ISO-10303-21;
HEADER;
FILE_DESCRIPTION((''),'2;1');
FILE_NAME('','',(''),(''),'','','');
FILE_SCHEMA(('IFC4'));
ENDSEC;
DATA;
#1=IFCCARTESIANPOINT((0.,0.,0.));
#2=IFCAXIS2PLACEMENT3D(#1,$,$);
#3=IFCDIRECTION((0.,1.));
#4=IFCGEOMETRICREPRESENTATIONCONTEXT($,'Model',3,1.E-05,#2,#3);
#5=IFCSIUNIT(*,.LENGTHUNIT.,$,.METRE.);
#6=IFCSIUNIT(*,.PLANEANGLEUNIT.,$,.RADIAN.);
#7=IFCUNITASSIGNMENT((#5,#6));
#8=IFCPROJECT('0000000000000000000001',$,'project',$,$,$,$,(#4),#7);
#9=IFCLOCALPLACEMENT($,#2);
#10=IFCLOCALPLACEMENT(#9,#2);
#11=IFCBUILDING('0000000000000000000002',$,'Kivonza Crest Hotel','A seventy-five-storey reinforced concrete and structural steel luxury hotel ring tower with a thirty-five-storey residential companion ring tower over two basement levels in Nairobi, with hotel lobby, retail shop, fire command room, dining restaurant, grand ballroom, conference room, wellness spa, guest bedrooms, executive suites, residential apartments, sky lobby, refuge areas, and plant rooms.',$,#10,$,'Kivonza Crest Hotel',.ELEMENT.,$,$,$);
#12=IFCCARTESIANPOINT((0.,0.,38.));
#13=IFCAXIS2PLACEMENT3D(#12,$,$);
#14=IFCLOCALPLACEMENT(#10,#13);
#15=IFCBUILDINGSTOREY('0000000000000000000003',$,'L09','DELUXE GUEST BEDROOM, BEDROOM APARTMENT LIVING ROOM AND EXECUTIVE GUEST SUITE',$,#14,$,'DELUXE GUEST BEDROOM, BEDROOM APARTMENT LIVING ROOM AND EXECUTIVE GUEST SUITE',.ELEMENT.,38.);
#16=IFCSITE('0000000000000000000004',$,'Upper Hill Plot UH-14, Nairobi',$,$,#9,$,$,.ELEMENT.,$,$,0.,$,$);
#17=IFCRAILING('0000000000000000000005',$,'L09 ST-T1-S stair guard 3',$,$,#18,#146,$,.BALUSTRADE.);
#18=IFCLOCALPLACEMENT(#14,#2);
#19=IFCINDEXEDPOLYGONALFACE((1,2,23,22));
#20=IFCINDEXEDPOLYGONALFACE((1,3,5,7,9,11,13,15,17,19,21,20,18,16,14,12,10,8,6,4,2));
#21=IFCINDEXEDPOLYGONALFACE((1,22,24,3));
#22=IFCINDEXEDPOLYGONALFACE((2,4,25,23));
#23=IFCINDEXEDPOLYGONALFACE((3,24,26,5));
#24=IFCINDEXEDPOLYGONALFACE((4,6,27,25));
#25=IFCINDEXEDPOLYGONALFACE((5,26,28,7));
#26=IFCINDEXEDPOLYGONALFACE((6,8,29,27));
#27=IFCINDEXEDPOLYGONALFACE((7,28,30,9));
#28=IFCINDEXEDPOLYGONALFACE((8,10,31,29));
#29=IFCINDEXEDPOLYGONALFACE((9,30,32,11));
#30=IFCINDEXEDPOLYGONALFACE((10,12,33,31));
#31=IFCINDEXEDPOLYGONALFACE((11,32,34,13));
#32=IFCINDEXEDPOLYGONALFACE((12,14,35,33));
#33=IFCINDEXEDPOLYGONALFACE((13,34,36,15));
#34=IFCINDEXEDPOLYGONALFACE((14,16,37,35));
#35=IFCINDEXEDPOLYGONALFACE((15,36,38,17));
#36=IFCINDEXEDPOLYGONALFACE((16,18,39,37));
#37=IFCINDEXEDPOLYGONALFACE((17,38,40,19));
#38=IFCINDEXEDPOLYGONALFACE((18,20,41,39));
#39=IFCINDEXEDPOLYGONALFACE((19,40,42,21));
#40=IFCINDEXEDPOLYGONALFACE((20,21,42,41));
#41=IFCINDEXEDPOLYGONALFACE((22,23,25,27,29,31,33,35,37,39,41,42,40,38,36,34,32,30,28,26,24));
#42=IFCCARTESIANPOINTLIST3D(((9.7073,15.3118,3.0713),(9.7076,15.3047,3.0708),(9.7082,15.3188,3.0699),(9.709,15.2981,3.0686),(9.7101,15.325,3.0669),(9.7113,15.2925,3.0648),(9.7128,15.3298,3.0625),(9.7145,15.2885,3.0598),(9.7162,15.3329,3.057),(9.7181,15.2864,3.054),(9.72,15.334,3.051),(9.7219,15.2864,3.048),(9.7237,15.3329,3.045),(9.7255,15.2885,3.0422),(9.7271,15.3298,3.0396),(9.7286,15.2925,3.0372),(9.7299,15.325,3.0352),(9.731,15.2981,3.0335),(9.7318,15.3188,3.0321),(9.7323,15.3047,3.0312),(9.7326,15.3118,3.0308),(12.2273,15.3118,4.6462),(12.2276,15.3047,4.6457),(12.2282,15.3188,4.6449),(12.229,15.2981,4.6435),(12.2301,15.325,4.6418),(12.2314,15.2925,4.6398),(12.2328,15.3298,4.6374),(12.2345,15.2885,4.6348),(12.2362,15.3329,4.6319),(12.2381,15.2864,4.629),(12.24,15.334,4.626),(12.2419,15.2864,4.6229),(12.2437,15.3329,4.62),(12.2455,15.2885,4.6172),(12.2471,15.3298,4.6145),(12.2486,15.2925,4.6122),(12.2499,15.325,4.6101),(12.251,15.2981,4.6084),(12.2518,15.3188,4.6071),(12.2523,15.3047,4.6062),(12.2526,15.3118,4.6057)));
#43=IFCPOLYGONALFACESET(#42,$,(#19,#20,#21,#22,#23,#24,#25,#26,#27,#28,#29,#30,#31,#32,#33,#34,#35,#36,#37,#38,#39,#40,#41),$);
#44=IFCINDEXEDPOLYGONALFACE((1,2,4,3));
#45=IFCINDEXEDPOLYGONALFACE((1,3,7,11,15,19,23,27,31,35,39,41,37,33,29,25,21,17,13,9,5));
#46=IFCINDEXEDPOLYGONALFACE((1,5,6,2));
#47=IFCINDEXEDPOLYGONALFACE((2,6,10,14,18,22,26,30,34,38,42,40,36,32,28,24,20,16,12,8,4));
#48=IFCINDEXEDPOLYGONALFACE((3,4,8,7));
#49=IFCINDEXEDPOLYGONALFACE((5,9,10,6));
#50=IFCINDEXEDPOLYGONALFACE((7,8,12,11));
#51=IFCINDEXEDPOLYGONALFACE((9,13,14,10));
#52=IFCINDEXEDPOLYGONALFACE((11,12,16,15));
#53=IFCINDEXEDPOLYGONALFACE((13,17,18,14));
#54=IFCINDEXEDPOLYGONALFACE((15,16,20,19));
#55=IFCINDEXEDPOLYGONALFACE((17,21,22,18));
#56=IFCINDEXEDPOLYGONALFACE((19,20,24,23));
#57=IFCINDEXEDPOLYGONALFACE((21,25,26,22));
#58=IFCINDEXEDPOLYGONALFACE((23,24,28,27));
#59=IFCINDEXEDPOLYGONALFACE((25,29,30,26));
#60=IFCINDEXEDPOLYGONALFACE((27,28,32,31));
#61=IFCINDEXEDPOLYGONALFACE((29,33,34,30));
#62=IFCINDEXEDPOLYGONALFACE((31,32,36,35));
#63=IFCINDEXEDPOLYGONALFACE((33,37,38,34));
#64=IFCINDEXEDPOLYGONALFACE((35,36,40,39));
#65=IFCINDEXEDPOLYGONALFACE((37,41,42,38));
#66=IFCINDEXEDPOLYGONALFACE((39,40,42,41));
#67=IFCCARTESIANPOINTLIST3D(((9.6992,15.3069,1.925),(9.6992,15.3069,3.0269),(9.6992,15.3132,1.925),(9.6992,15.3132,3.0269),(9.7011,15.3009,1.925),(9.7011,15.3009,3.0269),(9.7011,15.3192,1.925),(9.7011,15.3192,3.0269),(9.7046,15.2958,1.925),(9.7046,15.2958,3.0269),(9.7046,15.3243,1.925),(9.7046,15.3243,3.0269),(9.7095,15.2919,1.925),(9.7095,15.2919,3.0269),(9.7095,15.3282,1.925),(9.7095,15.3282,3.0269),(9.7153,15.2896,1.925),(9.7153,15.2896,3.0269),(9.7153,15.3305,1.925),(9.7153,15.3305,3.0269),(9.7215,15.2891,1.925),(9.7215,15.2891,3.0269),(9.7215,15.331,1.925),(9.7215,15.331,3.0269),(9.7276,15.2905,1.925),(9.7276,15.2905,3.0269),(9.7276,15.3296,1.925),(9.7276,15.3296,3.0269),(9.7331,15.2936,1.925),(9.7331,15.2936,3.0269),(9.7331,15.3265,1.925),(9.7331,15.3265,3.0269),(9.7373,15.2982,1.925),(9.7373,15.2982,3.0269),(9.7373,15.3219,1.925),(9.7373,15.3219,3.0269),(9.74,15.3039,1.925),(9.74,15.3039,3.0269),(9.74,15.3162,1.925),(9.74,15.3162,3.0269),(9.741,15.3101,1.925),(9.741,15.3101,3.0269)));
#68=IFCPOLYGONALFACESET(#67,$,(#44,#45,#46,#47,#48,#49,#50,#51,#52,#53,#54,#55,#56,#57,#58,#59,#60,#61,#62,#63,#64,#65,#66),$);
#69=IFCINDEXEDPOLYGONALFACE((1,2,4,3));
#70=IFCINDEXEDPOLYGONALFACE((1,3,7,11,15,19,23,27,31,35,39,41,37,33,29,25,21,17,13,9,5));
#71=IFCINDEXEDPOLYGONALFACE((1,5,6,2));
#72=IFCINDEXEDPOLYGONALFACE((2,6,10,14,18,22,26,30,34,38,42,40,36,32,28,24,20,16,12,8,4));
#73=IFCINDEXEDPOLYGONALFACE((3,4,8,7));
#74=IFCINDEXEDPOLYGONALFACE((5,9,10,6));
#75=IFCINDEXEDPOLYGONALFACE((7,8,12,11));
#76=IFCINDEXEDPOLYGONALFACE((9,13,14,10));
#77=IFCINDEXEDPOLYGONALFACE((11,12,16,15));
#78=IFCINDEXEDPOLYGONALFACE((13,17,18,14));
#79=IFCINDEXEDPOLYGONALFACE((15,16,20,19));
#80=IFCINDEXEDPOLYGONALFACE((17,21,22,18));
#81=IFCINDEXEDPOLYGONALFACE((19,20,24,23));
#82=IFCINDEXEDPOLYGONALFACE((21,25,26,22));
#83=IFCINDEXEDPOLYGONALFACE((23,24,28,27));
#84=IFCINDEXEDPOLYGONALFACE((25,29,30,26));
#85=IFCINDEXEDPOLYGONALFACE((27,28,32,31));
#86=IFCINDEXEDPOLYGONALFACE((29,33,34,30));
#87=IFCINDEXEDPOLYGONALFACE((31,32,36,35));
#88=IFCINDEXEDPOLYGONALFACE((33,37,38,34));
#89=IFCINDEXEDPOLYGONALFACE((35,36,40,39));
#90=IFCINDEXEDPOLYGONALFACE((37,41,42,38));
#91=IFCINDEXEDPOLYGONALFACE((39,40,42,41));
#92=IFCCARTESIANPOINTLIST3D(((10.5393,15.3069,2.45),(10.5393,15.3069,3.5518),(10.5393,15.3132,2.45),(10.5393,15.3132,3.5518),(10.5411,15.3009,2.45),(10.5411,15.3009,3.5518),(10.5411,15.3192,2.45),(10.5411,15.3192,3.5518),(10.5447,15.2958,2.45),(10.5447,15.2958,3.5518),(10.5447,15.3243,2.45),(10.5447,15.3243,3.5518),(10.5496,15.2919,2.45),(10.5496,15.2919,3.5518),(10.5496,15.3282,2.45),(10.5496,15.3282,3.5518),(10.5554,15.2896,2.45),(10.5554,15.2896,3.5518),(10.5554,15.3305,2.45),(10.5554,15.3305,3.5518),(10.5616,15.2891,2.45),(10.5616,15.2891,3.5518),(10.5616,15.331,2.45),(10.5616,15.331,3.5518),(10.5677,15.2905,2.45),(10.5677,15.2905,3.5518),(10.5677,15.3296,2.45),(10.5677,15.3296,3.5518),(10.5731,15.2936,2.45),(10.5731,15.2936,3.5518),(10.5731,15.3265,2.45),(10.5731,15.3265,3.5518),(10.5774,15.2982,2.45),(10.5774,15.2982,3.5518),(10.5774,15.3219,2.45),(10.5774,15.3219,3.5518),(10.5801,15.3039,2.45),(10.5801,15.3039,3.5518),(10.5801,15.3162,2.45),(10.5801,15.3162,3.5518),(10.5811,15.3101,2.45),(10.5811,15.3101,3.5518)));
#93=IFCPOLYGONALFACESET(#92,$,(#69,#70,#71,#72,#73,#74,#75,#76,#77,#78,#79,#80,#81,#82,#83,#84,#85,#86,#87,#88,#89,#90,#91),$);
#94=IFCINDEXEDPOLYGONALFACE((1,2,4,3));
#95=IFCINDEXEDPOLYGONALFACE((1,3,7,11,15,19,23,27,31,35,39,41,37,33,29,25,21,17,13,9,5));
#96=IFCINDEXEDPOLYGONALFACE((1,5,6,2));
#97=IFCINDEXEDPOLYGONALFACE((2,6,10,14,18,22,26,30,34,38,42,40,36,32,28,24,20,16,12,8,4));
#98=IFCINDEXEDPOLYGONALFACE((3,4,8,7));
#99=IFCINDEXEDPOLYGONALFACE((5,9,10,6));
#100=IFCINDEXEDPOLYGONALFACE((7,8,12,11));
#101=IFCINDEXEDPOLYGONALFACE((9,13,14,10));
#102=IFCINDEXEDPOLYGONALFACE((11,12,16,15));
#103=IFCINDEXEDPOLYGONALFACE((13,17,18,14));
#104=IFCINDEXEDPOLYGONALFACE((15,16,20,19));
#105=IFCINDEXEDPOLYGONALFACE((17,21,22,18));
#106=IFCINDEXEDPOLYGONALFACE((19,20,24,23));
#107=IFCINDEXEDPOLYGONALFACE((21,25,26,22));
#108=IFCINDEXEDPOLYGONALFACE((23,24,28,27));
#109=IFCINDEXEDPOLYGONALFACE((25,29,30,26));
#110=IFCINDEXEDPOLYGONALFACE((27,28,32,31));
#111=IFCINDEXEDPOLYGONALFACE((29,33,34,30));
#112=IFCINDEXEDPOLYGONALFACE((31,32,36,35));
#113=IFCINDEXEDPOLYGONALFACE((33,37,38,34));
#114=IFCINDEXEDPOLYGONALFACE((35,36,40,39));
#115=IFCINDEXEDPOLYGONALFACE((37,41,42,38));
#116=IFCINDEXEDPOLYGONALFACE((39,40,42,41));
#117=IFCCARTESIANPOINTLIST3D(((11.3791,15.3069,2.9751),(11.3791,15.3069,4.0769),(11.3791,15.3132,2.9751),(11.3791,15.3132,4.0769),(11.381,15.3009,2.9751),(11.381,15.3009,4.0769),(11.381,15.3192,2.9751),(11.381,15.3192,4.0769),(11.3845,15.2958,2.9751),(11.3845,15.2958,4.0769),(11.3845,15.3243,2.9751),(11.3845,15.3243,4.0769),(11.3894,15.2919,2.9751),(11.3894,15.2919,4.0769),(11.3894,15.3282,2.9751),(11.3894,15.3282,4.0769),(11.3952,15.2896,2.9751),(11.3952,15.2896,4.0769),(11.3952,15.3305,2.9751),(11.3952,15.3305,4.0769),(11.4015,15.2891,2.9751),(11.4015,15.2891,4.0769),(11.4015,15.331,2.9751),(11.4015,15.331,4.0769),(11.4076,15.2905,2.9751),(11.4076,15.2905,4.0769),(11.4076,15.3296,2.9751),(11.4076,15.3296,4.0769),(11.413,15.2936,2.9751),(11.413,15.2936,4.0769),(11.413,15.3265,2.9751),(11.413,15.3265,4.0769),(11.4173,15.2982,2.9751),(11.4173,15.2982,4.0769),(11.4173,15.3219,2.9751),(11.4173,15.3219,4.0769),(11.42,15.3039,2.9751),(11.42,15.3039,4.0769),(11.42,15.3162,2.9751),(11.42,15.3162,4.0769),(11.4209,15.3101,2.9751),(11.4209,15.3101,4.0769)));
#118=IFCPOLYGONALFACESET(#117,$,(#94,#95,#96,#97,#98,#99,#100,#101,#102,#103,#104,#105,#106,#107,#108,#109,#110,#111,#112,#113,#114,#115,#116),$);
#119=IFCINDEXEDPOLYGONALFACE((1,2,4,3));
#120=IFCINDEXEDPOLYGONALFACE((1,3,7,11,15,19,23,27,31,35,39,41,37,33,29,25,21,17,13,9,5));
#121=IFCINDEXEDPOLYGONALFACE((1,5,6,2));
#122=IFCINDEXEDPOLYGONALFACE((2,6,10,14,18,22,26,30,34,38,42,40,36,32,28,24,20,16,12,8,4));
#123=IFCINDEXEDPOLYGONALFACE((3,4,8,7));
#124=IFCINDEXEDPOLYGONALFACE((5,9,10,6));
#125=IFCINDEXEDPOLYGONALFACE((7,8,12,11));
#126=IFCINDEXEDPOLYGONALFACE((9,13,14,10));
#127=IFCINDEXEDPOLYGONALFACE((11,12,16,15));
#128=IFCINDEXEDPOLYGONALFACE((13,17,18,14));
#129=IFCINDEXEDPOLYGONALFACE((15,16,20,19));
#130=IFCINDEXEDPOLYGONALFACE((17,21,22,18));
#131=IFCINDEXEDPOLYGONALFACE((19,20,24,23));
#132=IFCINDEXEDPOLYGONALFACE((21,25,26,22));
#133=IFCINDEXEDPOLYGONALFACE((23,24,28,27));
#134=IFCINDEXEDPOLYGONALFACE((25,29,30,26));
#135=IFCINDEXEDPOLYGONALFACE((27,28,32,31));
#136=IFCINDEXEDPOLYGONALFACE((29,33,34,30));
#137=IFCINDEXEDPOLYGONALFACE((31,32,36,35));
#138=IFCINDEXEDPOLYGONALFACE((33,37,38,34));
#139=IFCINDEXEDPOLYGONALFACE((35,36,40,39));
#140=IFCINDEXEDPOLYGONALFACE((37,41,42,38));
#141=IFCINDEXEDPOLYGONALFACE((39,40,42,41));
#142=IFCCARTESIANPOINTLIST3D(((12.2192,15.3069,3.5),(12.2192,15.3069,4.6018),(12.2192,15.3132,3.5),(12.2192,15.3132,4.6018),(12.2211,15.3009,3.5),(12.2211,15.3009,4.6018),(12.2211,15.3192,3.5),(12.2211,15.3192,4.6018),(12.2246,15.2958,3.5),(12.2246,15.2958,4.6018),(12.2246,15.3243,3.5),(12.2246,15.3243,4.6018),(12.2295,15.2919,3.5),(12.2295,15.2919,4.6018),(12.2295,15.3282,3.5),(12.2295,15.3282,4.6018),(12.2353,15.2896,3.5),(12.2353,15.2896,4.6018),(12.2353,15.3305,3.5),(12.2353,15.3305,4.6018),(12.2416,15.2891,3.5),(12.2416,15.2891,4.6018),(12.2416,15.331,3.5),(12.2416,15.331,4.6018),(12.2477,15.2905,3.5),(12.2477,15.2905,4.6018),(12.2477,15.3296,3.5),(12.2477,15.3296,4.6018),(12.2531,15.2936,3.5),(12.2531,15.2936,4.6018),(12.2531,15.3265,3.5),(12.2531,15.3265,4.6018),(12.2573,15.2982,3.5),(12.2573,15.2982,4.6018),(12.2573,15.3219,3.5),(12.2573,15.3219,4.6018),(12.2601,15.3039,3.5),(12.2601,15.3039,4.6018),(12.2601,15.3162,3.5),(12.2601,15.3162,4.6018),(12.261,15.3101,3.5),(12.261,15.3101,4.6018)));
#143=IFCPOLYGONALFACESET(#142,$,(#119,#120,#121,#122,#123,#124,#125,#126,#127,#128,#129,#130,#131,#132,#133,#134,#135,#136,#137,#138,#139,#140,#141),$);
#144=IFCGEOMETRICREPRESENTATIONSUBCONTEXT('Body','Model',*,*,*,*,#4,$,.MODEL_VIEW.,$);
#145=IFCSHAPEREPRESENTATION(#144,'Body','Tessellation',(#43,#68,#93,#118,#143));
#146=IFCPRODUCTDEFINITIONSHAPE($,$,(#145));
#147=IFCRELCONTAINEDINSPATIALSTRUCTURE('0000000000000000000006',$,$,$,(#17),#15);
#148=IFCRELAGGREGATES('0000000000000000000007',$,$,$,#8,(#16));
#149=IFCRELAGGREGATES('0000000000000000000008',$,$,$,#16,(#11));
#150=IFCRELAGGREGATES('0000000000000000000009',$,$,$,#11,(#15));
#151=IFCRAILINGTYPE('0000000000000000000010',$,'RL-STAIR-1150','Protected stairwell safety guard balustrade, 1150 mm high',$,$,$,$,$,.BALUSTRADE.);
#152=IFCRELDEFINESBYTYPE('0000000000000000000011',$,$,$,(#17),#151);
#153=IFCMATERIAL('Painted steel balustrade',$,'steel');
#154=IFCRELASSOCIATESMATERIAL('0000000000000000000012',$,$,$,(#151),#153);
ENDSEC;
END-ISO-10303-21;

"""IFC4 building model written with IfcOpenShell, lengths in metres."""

from ifc_helpers import new_model, si_unit, direction, frame, origin, origin_2d, place, context, subcontext, project, spatial, circle, extrude, material, type_object, element, save


model = new_model("IFC4")

# Units and contexts
model_context = context("Model", 3, precision=1e-05, world=origin(), true_north=direction((0.0, 1.0)))
body_context = subcontext(model_context, "Body", "Model", "MODEL_VIEW")
ifc_project = project(units=[si_unit("LENGTHUNIT", "METRE"), si_unit("PLANEANGLEUNIT", "RADIAN")], contexts=[model_context])

# Site, building, storey
site_placement = place(None, origin())
site = spatial("IfcSite", under=ifc_project, at=site_placement, Name="Upper Hill Plot UH-14, Nairobi", CompositionType="ELEMENT", RefElevation=0.0)
building_placement = place(site_placement, origin())
building = spatial("IfcBuilding", under=site, at=building_placement, Name="Kivonza Crest Hotel", Description="A seventy-five-storey reinforced concrete and structural steel luxury hotel ring tower with a thirty-five-storey residential companion ring tower over two basement levels in Nairobi, with hotel lobby, retail shop, fire command room, dining restaurant, grand ballroom, conference room, wellness spa, guest bedrooms, executive suites, residential apartments, sky lobby, refuge areas, and plant rooms.", LongName="Kivonza Crest Hotel", CompositionType="ELEMENT")
storey_placement = place(building_placement, frame((0.0, 0.0, 38.0)))
storey = spatial("IfcBuildingStorey", under=building, at=storey_placement, Name="L09", Description="DELUXE GUEST BEDROOM, BEDROOM APARTMENT LIVING ROOM AND EXECUTIVE GUEST SUITE", LongName="DELUXE GUEST BEDROOM, BEDROOM APARTMENT LIVING ROOM AND EXECUTIVE GUEST SUITE", CompositionType="ELEMENT", Elevation=38.0)

# Railing
ifc_material_1 = material(Name="Painted steel balustrade", Category="steel")
railing_type_1 = type_object("IfcRailingType", Name="RL-STAIR-1150", Description="Protected stairwell safety guard balustrade, 1150 mm high", PredefinedType="BALUSTRADE", material=ifc_material_1)
railing_1_placement = place(storey_placement, frame((9.72, 15.3101, 1.925)))
element("IfcRailing", 1, at=railing_1_placement, inside=storey, type_object=railing_type_1, Name="L09 ST-T1-S stair guard 3", PredefinedType="BALUSTRADE", context=body_context, shape_type="SweptSolid", body=[
    extrude(circle(Radius=0.0239, at=origin_2d()), frame((0.0, 0.0, 1.126), z_axis=(0.848008, 0.0, 0.529984), x_axis=(0.0, 1.0, 0.0)), (0.0, 0.0, 1.0), 2.9717),
    extrude(circle(Radius=0.021, at=origin_2d()), origin(), (0.0, 0.0, 1.0), 1.1018),
    extrude(circle(Radius=0.021, at=origin_2d()), frame((0.8401, 0.0, 0.5249)), (0.0, 0.0, 1.0), 1.1018),
    extrude(circle(Radius=0.021, at=origin_2d()), frame((1.6799, 0.0, 1.05)), (0.0, 0.0, 1.0), 1.1018),
    extrude(circle(Radius=0.021, at=origin_2d()), frame((2.52, 0.0, 1.575)), (0.0, 0.0, 1.0), 1.1018),
])

save(model, "model.ifc")
